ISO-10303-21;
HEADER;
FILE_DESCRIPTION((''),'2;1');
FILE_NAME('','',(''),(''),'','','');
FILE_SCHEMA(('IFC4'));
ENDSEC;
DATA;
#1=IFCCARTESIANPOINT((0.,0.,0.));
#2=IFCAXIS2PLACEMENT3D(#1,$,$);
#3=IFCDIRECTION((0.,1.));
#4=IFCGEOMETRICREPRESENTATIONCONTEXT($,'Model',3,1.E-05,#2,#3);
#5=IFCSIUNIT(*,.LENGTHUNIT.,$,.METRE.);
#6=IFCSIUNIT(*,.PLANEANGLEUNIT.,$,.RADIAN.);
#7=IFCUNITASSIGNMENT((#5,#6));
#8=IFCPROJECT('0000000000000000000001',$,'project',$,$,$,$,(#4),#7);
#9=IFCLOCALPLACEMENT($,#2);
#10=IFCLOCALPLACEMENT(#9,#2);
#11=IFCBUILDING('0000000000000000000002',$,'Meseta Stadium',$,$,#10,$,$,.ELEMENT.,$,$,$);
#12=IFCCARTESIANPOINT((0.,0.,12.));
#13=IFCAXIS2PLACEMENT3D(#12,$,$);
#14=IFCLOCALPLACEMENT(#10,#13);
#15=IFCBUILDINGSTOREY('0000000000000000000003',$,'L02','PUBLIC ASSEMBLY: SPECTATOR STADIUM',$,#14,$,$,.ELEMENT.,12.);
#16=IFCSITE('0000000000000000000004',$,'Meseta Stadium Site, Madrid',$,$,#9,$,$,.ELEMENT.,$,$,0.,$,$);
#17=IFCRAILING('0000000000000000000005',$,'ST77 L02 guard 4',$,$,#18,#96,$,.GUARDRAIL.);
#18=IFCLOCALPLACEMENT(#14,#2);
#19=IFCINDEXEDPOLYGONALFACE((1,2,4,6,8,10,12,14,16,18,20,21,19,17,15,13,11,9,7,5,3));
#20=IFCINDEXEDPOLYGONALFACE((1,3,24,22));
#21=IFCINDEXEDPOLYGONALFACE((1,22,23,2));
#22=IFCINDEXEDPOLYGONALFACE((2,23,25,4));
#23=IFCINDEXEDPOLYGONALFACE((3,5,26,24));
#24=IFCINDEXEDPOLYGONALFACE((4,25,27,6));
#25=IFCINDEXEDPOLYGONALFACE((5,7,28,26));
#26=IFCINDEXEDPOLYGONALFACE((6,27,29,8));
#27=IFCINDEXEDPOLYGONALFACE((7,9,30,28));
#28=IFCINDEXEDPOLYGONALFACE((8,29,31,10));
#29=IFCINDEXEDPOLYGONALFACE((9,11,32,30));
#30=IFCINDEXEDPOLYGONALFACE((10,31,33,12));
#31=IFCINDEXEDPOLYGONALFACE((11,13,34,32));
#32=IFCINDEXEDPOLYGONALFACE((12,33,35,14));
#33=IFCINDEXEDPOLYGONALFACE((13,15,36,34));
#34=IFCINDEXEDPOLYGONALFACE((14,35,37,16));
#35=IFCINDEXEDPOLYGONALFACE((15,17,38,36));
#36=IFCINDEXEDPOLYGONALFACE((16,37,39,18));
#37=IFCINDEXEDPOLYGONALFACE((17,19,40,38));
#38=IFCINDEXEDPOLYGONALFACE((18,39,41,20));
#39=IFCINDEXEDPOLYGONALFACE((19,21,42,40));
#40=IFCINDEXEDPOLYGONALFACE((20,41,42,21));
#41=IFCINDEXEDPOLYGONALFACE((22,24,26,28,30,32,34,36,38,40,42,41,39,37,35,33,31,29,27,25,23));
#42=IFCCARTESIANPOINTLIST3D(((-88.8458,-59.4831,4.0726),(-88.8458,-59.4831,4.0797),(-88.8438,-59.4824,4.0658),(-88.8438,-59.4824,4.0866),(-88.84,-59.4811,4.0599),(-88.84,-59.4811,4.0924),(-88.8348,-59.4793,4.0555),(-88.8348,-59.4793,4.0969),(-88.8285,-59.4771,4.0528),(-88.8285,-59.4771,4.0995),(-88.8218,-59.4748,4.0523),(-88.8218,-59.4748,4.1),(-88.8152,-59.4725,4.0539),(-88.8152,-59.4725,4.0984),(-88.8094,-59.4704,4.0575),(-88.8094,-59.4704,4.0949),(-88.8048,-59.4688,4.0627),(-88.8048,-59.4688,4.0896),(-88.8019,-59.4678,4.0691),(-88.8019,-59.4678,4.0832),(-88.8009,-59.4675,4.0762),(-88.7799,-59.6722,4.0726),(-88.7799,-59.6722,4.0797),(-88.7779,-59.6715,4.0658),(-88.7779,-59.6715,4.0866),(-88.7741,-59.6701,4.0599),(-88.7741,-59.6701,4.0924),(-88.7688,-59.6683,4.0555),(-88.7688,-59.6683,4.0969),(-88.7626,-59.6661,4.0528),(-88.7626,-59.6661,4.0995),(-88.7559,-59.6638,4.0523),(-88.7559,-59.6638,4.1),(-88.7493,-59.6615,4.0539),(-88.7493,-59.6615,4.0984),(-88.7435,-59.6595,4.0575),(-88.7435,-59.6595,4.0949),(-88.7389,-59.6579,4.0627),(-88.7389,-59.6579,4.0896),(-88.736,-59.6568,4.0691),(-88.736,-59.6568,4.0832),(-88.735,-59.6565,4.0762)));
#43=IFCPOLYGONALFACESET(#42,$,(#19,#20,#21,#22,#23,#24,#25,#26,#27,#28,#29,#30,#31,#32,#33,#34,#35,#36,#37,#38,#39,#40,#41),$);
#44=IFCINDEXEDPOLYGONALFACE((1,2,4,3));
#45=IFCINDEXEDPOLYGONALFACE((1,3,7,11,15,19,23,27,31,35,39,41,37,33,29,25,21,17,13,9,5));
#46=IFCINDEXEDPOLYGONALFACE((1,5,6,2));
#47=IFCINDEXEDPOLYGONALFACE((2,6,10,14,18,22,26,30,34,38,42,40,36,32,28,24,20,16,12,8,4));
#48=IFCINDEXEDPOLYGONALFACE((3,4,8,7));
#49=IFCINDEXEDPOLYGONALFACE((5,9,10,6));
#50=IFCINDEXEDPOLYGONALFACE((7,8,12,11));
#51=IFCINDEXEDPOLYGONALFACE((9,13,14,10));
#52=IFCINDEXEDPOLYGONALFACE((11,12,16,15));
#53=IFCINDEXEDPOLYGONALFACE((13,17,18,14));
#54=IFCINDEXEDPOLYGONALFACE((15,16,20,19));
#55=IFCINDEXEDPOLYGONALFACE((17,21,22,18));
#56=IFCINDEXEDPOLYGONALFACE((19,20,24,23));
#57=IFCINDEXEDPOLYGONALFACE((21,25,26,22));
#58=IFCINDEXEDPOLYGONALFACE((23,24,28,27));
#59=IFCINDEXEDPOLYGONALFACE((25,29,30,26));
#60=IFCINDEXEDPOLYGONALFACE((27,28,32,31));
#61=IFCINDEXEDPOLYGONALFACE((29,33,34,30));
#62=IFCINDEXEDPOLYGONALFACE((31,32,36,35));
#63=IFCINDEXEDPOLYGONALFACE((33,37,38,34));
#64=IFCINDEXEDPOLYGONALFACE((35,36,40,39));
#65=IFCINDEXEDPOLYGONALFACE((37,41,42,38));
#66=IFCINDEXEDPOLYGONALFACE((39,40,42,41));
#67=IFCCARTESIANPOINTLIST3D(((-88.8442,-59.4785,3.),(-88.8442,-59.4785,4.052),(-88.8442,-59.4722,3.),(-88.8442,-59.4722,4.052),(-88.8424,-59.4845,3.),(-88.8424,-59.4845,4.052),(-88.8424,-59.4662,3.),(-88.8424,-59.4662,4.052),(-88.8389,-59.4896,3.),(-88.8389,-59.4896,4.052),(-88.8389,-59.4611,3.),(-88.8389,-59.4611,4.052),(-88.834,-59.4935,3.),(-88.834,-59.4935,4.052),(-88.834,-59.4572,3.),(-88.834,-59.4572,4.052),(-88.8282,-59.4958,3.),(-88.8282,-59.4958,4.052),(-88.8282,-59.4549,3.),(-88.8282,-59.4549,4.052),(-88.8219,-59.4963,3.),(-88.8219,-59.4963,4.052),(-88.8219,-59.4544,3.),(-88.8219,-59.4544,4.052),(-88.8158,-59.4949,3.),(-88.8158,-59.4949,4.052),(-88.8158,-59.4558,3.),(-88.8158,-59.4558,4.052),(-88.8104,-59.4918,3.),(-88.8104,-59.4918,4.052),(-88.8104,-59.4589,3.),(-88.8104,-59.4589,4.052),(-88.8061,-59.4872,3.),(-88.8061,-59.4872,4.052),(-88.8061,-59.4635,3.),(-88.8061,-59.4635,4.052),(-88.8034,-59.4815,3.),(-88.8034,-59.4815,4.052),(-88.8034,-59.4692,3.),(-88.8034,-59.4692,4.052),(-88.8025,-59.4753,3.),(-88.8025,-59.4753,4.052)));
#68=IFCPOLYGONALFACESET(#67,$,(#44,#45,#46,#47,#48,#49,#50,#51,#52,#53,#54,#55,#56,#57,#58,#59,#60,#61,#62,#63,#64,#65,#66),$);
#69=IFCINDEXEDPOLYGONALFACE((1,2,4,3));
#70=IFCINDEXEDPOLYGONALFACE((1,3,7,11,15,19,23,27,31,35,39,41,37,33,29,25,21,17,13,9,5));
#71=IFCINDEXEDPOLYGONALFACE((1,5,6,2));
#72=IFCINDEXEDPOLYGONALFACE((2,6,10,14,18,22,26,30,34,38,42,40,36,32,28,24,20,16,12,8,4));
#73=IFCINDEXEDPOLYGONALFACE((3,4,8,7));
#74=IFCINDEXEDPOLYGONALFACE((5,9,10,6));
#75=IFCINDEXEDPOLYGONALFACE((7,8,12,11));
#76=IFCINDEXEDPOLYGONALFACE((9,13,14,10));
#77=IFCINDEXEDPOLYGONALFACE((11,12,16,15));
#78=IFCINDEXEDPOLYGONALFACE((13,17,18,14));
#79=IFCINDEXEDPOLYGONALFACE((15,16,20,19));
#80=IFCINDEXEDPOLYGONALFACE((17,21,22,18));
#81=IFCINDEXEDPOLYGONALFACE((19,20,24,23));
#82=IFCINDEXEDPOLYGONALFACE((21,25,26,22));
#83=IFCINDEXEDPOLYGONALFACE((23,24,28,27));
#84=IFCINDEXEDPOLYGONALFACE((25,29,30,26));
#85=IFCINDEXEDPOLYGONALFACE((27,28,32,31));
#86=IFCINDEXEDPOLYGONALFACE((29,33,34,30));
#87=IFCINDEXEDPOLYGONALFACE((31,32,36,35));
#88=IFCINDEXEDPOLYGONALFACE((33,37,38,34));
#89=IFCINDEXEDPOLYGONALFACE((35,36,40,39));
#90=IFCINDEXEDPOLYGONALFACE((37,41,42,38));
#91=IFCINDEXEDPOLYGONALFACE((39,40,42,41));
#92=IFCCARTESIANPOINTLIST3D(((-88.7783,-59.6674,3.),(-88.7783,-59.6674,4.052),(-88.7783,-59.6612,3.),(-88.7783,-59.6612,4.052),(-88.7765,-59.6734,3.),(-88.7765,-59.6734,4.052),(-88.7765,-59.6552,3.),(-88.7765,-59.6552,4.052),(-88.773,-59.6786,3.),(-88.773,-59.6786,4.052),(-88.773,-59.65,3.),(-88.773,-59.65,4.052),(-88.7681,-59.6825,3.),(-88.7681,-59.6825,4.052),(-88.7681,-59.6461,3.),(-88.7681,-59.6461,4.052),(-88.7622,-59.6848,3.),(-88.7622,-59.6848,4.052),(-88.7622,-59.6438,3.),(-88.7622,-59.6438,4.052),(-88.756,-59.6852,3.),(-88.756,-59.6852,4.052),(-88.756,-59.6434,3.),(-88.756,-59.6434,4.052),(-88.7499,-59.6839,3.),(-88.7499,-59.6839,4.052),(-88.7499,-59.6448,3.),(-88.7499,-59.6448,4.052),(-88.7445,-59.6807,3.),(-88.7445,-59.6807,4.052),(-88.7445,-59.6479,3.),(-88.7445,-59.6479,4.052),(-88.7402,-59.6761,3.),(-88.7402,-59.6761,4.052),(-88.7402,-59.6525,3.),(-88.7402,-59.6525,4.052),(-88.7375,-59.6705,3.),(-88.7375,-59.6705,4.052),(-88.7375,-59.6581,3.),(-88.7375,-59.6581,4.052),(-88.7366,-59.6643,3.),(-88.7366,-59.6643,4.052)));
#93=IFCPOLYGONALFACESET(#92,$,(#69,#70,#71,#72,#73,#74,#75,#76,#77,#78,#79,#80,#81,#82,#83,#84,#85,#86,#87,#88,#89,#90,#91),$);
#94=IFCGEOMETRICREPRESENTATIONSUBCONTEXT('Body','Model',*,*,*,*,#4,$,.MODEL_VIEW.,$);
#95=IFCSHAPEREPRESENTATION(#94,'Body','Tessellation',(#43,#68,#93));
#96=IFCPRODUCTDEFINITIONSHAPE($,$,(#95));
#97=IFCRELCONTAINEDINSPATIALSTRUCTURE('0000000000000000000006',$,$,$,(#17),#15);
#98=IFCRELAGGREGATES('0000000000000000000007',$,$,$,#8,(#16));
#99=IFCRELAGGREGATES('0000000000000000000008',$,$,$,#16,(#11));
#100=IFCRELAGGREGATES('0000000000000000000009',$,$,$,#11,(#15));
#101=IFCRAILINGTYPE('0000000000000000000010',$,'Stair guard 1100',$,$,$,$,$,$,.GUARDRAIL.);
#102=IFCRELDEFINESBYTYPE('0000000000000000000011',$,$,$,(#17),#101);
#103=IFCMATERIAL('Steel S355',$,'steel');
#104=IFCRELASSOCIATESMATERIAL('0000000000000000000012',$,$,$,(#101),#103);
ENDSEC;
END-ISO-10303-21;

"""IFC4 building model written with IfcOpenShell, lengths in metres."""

from ifc_helpers import new_model, si_unit, direction, frame, origin, origin_2d, place, context, subcontext, project, spatial, circle, extrude, material, type_object, element, save


model = new_model("IFC4")

# Units and contexts
model_context = context("Model", 3, precision=1e-05, world=origin(), true_north=direction((0.0, 1.0)))
body_context = subcontext(model_context, "Body", "Model", "MODEL_VIEW")
ifc_project = project(units=[si_unit("LENGTHUNIT", "METRE"), si_unit("PLANEANGLEUNIT", "RADIAN")], contexts=[model_context])

# Site, building, storey
site_placement = place(None, origin())
site = spatial("IfcSite", under=ifc_project, at=site_placement, Name="Meseta Stadium Site, Madrid", CompositionType="ELEMENT", RefElevation=0.0)
building_placement = place(site_placement, origin())
building = spatial("IfcBuilding", under=site, at=building_placement, Name="Meseta Stadium", CompositionType="ELEMENT")
storey_placement = place(building_placement, frame((0.0, 0.0, 12.0)))
storey = spatial("IfcBuildingStorey", under=building, at=storey_placement, Name="L02", Description="PUBLIC ASSEMBLY: SPECTATOR STADIUM", CompositionType="ELEMENT", Elevation=12.0)

# Railing
ifc_material_1 = material(Name="Steel S355", Category="steel")
railing_type_1 = type_object("IfcRailingType", Name="Stair guard 1100", PredefinedType="GUARDRAIL", material=ifc_material_1)
railing_1_placement = place(storey_placement, frame((-88.8235, -59.4753, 3.0)))
element("IfcRailing", 1, at=railing_1_placement, inside=storey, type_object=railing_type_1, Name="ST77 L02 guard 4", PredefinedType="GUARDRAIL", context=body_context, shape_type="SweptSolid", body=[
    extrude(circle(Radius=0.0239, at=origin_2d()), frame((0.0, 0.0, 1.0762), z_axis=(0.329372, -0.9442, 0.0), x_axis=(0.9442, 0.329372, 0.0)), (0.0, 0.0, 1.0), 0.2002),
    extrude(circle(Radius=0.021, at=origin_2d()), origin(), (0.0, 0.0, 1.0), 1.052),
    extrude(circle(Radius=0.021, at=origin_2d()), frame((0.0659, -0.189, 0.0)), (0.0, 0.0, 1.0), 1.052),
])

save(model, "model.ifc")
